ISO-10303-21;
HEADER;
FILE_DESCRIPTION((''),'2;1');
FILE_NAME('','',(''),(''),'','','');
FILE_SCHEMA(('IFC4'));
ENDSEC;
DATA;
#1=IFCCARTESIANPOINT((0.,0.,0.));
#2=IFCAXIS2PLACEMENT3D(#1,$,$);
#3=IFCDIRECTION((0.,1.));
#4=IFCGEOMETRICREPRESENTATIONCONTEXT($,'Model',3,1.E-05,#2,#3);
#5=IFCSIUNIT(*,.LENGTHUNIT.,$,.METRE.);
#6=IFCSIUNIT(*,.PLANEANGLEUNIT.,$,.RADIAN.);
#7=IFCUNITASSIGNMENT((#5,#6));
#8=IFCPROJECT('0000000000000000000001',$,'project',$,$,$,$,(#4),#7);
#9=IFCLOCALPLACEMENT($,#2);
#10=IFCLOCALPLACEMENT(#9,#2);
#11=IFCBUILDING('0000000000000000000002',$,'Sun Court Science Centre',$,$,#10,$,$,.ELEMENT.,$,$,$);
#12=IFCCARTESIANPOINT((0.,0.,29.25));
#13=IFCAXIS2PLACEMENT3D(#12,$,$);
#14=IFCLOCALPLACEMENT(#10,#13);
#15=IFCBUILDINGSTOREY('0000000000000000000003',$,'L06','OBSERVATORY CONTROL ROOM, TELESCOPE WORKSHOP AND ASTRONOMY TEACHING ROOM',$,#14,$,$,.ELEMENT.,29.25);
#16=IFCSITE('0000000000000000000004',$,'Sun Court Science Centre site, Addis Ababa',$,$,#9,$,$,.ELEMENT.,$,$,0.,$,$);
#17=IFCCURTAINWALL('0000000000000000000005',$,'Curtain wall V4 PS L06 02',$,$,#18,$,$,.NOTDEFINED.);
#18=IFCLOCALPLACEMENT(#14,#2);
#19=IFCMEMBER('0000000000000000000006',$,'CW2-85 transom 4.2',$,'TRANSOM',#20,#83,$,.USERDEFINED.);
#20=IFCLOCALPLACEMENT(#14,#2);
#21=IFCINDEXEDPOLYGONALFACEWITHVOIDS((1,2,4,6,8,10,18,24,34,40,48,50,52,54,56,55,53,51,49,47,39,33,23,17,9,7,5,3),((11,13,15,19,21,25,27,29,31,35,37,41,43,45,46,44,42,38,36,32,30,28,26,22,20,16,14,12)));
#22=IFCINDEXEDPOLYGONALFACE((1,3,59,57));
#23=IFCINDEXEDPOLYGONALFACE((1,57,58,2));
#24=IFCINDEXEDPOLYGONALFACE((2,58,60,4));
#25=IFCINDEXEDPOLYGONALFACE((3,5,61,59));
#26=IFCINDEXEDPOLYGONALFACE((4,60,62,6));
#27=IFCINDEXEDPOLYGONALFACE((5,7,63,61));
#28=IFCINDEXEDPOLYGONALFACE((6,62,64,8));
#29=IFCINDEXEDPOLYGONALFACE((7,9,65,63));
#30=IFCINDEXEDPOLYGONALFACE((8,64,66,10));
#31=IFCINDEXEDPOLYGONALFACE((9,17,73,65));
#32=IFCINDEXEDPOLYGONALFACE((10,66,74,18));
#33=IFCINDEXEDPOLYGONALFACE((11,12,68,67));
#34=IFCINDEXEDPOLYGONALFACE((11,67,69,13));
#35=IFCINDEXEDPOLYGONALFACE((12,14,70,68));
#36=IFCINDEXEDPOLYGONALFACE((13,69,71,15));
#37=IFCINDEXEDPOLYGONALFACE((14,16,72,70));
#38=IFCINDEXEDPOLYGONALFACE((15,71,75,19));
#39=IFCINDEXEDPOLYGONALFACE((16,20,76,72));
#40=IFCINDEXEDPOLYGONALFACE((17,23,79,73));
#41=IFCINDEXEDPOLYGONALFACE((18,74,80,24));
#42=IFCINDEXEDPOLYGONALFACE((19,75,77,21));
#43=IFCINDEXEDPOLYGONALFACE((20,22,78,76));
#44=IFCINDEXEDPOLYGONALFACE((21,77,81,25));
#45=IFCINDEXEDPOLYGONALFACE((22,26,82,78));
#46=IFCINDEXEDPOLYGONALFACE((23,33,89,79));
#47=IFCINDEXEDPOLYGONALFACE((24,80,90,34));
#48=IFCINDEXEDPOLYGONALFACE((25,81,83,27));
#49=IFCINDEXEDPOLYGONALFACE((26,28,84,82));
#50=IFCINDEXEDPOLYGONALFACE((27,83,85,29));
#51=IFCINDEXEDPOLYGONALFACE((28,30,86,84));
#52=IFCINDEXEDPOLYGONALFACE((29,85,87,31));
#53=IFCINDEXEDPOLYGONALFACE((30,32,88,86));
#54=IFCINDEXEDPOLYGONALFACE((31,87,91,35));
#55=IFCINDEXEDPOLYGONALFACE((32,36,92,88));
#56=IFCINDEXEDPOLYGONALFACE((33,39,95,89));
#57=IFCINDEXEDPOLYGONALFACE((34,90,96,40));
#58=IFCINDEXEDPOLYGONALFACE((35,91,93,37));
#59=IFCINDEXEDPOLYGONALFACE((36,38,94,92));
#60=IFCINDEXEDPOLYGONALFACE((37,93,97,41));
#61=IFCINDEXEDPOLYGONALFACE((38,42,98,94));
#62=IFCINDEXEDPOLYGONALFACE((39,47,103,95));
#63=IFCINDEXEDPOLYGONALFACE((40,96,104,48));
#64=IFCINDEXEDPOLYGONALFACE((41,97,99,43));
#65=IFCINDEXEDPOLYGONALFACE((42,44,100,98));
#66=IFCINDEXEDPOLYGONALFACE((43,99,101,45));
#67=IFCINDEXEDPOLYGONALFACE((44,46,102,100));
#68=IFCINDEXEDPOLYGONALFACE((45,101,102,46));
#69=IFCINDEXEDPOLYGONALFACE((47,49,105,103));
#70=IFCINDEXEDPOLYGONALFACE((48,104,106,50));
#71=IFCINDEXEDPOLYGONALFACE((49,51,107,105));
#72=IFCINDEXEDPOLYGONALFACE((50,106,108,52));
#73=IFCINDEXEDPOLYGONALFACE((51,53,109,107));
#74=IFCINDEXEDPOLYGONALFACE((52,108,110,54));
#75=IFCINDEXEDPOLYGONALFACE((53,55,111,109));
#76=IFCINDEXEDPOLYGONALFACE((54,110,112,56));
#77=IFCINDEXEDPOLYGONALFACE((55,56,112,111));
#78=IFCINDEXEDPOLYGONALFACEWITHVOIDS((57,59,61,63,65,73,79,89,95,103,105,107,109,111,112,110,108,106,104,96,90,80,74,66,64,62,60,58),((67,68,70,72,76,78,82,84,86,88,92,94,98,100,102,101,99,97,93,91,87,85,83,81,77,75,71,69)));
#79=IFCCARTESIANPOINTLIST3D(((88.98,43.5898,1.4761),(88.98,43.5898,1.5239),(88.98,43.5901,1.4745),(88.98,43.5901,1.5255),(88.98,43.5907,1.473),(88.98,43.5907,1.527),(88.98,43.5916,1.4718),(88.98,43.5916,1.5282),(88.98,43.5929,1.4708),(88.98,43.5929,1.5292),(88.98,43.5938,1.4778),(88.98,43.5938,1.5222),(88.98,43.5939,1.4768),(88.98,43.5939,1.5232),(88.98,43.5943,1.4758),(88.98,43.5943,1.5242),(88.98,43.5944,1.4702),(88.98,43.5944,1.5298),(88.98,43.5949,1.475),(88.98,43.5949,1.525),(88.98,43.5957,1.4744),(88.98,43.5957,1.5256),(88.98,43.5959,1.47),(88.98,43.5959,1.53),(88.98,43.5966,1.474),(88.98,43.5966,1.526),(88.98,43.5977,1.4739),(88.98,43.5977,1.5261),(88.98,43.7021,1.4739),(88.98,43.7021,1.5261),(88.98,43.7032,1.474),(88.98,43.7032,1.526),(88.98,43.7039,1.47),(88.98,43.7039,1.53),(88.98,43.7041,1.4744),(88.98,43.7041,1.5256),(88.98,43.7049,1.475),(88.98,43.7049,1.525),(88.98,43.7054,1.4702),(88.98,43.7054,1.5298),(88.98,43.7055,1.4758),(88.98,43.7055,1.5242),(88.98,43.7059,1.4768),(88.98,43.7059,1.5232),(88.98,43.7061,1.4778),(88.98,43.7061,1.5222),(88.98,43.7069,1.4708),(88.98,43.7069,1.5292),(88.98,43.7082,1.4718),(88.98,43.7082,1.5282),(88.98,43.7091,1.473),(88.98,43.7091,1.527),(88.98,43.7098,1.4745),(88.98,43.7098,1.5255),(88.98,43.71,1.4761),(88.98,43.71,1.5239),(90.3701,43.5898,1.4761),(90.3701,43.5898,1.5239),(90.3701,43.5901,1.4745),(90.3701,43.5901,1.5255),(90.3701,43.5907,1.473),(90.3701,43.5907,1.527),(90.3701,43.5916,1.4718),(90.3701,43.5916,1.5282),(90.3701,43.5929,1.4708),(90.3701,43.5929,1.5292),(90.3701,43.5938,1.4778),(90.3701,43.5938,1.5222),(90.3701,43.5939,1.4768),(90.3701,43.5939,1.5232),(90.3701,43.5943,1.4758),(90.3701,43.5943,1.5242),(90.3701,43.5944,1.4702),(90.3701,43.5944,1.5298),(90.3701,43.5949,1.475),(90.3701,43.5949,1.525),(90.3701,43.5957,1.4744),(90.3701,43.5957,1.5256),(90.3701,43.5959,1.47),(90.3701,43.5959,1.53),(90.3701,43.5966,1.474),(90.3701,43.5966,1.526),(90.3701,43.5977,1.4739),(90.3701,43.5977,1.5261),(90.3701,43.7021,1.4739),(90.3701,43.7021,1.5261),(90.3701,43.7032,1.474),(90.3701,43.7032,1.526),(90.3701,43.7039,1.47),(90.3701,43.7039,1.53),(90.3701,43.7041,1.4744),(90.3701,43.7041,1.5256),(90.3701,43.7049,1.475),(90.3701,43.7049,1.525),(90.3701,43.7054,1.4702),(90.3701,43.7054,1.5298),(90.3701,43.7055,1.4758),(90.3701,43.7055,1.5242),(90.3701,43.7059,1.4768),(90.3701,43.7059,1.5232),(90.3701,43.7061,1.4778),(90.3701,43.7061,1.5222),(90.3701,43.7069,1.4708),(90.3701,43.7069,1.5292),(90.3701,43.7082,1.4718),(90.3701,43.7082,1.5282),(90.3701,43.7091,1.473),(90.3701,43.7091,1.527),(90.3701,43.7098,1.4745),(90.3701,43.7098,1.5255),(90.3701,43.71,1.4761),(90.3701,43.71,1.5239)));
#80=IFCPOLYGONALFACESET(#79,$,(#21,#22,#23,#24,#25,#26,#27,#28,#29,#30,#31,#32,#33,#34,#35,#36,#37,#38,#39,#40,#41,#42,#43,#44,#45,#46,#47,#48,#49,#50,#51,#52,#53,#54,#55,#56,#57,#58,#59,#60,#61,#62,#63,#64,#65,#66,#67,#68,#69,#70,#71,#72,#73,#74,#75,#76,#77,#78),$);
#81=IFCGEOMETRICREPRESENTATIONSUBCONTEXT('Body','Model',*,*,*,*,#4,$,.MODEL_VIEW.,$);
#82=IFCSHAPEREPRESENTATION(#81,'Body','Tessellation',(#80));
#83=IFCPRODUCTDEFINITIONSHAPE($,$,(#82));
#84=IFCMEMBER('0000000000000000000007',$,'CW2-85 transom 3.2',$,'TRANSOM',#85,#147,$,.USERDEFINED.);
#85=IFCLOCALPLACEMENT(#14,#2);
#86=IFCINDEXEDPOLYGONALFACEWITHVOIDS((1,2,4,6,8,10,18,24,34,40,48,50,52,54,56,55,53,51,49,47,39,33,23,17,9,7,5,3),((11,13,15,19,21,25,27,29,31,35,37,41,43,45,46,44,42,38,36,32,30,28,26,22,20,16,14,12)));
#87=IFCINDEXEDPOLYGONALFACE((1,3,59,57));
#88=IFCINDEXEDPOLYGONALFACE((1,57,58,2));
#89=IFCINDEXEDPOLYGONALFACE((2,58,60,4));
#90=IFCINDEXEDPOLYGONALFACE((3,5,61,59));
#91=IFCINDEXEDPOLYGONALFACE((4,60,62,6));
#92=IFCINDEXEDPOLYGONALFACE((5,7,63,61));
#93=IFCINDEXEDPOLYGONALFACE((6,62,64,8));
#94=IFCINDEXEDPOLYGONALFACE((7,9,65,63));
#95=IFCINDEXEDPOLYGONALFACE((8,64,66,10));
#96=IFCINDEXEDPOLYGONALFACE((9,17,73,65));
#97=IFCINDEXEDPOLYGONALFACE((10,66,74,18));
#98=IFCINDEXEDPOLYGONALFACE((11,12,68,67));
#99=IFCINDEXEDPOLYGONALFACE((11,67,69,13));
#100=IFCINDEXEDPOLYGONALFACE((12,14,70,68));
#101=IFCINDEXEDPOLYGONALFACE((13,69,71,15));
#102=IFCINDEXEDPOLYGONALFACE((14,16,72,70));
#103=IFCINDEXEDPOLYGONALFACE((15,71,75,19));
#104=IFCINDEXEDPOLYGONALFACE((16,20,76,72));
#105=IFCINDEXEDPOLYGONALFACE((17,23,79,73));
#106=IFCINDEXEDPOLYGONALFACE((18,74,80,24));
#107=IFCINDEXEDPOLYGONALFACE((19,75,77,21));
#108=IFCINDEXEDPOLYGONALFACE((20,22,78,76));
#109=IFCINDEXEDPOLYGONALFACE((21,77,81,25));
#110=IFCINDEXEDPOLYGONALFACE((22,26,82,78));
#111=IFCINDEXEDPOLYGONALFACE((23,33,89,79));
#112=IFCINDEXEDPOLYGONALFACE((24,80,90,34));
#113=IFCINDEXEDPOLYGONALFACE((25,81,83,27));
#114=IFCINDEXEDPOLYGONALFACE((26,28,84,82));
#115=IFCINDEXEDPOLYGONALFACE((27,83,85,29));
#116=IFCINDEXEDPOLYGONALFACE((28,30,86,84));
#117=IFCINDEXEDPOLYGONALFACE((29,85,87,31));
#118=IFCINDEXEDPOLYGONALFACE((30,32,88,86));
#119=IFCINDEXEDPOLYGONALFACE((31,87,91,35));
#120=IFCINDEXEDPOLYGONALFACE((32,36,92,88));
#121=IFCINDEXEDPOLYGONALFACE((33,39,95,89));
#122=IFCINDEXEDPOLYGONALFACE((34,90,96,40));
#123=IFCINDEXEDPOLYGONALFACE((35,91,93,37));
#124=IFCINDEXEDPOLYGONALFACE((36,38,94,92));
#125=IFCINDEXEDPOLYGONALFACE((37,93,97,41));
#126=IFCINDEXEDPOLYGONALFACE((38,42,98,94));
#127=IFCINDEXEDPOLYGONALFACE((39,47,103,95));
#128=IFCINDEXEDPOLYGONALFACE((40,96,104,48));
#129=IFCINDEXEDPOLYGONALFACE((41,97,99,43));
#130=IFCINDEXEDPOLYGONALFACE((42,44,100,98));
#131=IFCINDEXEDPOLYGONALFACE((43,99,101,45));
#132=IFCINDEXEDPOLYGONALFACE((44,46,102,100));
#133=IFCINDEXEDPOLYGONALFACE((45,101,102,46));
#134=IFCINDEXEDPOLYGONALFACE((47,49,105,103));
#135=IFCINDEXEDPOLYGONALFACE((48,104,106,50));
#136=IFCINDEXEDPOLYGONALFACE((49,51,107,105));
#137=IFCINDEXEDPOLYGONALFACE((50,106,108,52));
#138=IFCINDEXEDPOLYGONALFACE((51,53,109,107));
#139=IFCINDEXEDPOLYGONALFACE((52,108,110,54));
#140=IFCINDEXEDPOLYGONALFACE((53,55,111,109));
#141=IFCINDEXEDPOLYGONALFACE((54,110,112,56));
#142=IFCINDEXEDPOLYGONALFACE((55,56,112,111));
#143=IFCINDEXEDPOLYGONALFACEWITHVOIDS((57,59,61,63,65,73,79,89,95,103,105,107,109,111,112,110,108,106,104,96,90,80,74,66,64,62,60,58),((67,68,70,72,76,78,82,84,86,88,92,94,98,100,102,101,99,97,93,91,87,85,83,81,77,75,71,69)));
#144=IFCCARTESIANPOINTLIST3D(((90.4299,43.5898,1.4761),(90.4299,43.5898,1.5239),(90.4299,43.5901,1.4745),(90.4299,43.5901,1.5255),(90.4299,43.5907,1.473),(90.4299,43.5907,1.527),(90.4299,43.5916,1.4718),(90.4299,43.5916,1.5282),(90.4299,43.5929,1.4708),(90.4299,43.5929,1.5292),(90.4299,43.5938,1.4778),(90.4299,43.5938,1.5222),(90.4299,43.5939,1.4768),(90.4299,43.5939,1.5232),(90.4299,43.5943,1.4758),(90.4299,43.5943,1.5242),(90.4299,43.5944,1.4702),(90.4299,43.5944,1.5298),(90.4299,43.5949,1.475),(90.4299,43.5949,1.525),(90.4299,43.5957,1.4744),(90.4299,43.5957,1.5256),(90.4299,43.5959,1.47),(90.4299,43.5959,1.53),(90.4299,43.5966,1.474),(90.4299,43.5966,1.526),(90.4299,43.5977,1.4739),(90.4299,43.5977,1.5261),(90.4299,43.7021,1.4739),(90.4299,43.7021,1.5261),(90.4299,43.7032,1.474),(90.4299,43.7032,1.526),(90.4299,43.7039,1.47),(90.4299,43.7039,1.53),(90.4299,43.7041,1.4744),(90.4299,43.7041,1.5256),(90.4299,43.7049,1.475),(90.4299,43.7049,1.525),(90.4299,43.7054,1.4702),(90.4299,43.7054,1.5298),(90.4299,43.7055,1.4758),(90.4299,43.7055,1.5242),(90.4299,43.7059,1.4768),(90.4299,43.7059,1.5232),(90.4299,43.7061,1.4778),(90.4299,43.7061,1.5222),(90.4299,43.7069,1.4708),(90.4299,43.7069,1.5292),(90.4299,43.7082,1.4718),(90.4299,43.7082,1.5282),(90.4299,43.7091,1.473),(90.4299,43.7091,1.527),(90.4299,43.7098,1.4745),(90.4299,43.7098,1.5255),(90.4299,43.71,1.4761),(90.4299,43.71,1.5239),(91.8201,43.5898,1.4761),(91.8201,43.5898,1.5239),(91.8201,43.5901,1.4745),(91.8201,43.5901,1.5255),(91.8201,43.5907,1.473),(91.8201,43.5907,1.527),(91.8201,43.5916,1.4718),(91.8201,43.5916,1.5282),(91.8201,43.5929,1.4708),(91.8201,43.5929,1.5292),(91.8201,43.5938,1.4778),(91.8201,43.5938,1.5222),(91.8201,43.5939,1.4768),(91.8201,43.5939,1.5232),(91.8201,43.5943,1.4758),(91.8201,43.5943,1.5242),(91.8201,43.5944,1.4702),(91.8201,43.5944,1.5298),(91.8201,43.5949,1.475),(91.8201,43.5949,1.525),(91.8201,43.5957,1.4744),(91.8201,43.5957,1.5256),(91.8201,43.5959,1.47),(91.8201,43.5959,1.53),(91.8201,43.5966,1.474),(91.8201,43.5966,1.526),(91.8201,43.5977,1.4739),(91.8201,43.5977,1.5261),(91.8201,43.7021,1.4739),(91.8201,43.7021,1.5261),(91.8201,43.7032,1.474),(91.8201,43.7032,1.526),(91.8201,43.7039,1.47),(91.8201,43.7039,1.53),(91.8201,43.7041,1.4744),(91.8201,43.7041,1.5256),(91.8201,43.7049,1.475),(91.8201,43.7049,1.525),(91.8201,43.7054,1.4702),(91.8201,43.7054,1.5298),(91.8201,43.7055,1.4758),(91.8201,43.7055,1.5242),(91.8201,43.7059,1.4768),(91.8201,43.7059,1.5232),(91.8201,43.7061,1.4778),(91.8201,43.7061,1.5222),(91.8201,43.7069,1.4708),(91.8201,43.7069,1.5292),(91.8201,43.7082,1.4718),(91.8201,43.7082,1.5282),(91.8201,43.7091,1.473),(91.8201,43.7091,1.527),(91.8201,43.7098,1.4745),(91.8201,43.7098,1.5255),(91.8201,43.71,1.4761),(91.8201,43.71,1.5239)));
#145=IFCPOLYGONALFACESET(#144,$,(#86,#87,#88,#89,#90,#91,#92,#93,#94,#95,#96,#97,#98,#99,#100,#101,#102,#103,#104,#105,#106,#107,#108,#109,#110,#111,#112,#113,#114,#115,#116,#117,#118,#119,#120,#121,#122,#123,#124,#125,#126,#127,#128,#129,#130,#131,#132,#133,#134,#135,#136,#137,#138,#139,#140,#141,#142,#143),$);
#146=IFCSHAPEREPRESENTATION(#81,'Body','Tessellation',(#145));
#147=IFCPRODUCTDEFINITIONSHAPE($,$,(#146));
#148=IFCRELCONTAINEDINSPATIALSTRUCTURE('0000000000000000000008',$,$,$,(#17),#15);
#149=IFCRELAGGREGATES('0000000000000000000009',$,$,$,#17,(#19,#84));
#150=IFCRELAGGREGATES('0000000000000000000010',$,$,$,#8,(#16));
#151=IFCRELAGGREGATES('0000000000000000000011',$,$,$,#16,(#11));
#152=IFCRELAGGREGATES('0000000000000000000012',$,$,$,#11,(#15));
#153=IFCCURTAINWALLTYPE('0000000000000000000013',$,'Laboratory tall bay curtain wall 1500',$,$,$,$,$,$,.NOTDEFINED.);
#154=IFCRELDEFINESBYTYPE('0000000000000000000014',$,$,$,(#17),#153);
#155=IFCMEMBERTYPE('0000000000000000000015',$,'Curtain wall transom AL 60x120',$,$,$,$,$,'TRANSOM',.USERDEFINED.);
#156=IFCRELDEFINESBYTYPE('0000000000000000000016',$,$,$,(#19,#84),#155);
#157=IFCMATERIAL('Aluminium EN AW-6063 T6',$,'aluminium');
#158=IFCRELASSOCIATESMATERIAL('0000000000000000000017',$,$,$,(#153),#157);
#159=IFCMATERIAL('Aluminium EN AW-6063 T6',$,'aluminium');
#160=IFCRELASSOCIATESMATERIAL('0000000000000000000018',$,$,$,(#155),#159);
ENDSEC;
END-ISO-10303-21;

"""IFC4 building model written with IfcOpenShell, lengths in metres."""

from ifc_helpers import new_model, si_unit, direction, frame, origin, origin_2d, place, context, subcontext, project, spatial, hollow_rectangle, extrude, material, material_profile, profile_set, type_object, element, aggregate, save


model = new_model("IFC4")

# Units and contexts
model_context = context("Model", 3, precision=1e-05, world=origin(), true_north=direction((0.0, 1.0)))
body_context = subcontext(model_context, "Body", "Model", "MODEL_VIEW")
ifc_project = project(units=[si_unit("LENGTHUNIT", "METRE"), si_unit("PLANEANGLEUNIT", "RADIAN")], contexts=[model_context])

# Site, building, storey
site_placement = place(None, origin())
site = spatial("IfcSite", under=ifc_project, at=site_placement, Name="Sun Court Science Centre site, Addis Ababa", CompositionType="ELEMENT", RefElevation=0.0)
building_placement = place(site_placement, origin())
building = spatial("IfcBuilding", under=site, at=building_placement, Name="Sun Court Science Centre", CompositionType="ELEMENT")
storey_placement = place(building_placement, frame((0.0, 0.0, 29.25)))
storey = spatial("IfcBuildingStorey", under=building, at=storey_placement, Name="L06", Description="OBSERVATORY CONTROL ROOM, TELESCOPE WORKSHOP AND ASTRONOMY TEACHING ROOM", CompositionType="ELEMENT", Elevation=29.25)

# Curtain wall, members
ifc_material_1 = material(Name="Aluminium EN AW-6063 T6", Category="aluminium")
curtain_wall_type = type_object("IfcCurtainWallType", Name="Laboratory tall bay curtain wall 1500", PredefinedType="NOTDEFINED", material=ifc_material_1)
curtain_wall_placement = place(storey_placement, origin())
curtain_wall = element("IfcCurtainWall", 1, at=curtain_wall_placement, inside=storey, type_object=curtain_wall_type, Name="Curtain wall V4 PS L06 02", PredefinedType="NOTDEFINED")
ifc_material_2 = material(Name="Aluminium EN AW-6063 T6", Category="aluminium")
ifc_material_profile_1 = material_profile(ifc_material_2, hollow_rectangle(XDim=0.0601, YDim=0.1201, WallThickness=0.0039, InnerFilletRadius=0.0039, OuterFilletRadius=0.0061, at=origin_2d()), Name="AL 60x120x4")
ifc_profile_set_1 = profile_set([ifc_material_profile_1], Name="Aluminium EN AW-6063 T6")
member_type_1 = type_object("IfcMemberType", Name="Curtain wall transom AL 60x120", ElementType="TRANSOM", PredefinedType="USERDEFINED", material=ifc_profile_set_1)
member_1_placement = place(storey_placement, frame((90.3701, 43.6499, 1.5), z_axis=(-1.0, 0.0, 0.0), x_axis=(0.0, 0.0, 1.0)))
member_1 = element("IfcMember", 2, at=member_1_placement, type_object=member_type_1, Name="CW2-85 transom 4.2", ObjectType="TRANSOM", PredefinedType="USERDEFINED", context=body_context, shape_type="SweptSolid", body=[
    extrude(hollow_rectangle(XDim=0.0601, YDim=0.1201, WallThickness=0.0039, InnerFilletRadius=0.0039, OuterFilletRadius=0.0061, at=origin_2d()), origin(), (0.0, 0.0, 1.0), 1.3901),
])
member_2_placement = place(storey_placement, frame((91.8201, 43.6499, 1.5), z_axis=(-1.0, 0.0, 0.0), x_axis=(0.0, 0.0, 1.0)))
member_2 = element("IfcMember", 3, at=member_2_placement, type_object=member_type_1, Name="CW2-85 transom 3.2", ObjectType="TRANSOM", PredefinedType="USERDEFINED", context=body_context, shape_type="SweptSolid", body=[
    extrude(hollow_rectangle(XDim=0.0601, YDim=0.1201, WallThickness=0.0039, InnerFilletRadius=0.0039, OuterFilletRadius=0.0061, at=origin_2d()), origin(), (0.0, 0.0, 1.0), 1.3901),
])
aggregate(curtain_wall, [member_1, member_2])

save(model, "model.ifc")
